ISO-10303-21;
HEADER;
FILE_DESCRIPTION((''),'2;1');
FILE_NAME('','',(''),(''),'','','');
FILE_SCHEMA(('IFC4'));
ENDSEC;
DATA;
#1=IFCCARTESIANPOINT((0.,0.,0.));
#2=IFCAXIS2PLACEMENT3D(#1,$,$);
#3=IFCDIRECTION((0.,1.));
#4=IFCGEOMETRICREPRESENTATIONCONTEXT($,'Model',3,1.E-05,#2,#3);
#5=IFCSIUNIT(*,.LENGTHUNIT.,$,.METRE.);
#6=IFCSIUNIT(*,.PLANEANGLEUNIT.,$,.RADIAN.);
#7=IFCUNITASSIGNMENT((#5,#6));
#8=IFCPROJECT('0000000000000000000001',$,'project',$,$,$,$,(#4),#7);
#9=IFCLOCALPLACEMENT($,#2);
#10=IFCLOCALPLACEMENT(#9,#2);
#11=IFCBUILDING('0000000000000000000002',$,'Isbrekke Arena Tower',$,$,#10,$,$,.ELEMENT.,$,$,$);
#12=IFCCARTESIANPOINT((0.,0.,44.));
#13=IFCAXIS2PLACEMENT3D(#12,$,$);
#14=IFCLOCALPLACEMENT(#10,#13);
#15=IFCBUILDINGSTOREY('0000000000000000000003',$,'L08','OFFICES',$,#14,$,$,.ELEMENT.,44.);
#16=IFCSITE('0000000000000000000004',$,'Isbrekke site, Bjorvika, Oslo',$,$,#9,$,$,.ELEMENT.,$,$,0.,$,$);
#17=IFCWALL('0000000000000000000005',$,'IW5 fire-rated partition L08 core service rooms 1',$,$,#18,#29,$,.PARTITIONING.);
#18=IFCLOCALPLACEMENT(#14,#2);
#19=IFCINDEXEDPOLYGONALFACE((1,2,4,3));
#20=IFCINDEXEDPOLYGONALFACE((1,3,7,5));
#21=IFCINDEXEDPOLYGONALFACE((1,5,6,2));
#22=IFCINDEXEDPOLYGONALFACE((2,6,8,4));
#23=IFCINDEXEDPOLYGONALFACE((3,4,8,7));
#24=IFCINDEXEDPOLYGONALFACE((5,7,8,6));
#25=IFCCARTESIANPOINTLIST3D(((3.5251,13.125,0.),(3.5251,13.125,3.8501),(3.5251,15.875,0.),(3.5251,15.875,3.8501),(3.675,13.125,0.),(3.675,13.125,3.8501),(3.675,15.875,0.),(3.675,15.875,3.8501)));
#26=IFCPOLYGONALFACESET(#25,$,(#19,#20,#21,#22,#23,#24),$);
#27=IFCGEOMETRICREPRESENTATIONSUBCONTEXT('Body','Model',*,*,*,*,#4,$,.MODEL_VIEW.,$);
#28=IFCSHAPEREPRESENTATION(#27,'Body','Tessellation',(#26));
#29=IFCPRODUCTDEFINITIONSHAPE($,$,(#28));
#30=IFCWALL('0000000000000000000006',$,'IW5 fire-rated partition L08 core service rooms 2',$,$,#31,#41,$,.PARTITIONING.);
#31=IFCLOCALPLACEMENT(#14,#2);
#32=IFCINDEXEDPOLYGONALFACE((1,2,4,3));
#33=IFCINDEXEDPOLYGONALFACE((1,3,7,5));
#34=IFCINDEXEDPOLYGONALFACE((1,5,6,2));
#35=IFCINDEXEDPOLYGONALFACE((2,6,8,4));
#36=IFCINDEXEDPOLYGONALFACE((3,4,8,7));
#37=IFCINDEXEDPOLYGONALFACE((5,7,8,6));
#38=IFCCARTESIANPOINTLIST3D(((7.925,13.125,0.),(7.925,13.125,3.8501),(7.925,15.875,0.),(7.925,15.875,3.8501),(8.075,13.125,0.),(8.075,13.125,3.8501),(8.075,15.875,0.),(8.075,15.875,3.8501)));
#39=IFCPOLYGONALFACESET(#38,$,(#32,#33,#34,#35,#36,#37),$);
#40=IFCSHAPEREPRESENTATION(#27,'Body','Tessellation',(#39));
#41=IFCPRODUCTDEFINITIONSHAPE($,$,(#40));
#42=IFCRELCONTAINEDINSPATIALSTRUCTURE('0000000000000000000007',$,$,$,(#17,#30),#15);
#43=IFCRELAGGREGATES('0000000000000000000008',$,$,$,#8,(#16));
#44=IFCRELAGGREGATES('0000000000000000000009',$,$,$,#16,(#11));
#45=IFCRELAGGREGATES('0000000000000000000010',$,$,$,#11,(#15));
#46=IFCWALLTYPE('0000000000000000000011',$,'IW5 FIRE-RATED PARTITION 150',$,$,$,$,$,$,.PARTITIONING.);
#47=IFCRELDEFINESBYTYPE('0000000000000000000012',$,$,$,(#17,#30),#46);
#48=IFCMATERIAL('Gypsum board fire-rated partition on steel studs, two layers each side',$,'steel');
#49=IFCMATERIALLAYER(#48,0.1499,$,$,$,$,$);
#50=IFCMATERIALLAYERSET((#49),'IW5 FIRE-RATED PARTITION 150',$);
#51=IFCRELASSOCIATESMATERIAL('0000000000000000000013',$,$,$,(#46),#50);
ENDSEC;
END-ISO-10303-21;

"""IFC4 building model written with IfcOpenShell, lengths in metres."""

from ifc_helpers import new_model, si_unit, direction, frame, frame_2d, origin, place, context, subcontext, project, spatial, rectangle, extrude, material, layer, layer_set, type_object, element, save


model = new_model("IFC4")

# Units and contexts
model_context = context("Model", 3, precision=1e-05, world=origin(), true_north=direction((0.0, 1.0)))
body_context = subcontext(model_context, "Body", "Model", "MODEL_VIEW")
ifc_project = project(units=[si_unit("LENGTHUNIT", "METRE"), si_unit("PLANEANGLEUNIT", "RADIAN")], contexts=[model_context])

# Site, building, storey
site_placement = place(None, origin())
site = spatial("IfcSite", under=ifc_project, at=site_placement, Name="Isbrekke site, Bjorvika, Oslo", CompositionType="ELEMENT", RefElevation=0.0)
building_placement = place(site_placement, origin())
building = spatial("IfcBuilding", under=site, at=building_placement, Name="Isbrekke Arena Tower", CompositionType="ELEMENT")
storey_placement = place(building_placement, frame((0.0, 0.0, 44.0)))
storey = spatial("IfcBuildingStorey", under=building, at=storey_placement, Name="L08", Description="OFFICES", CompositionType="ELEMENT", Elevation=44.0)

# Walls
ifc_material_1 = material(Name="Gypsum board fire-rated partition on steel studs, two layers each side", Category="steel")
ifc_layer_1 = layer(ifc_material_1, 0.1499)
ifc_layer_set_1 = layer_set([ifc_layer_1], Name="IW5 FIRE-RATED PARTITION 150")
wall_type_1 = type_object("IfcWallType", Name="IW5 FIRE-RATED PARTITION 150", PredefinedType="PARTITIONING", material=ifc_layer_set_1)
for number, where, z_axis, x_axis, name in (
    (1, (3.6001, 13.125, 0.0), (0.0, 0.0, 1.0), (0.0, 1.0, 0.0), "IW5 fire-rated partition L08 core service rooms 1"),
    (2, (8.0, 13.125, 0.0), (0.0, 0.0, 1.0), (0.0, 1.0, 0.0), "IW5 fire-rated partition L08 core service rooms 2"),
):
    element("IfcWall", number, at=place(storey_placement, frame(where, z_axis=z_axis, x_axis=x_axis)), inside=storey, type_object=wall_type_1, Name=name, PredefinedType="PARTITIONING", context=body_context, shape_type="SweptSolid", body=[
        extrude(rectangle(XDim=2.75, YDim=0.1499, at=frame_2d((1.375, 0.0))), origin(), (0.0, 0.0, 1.0), 3.8501),
    ])

save(model, "model.ifc")
